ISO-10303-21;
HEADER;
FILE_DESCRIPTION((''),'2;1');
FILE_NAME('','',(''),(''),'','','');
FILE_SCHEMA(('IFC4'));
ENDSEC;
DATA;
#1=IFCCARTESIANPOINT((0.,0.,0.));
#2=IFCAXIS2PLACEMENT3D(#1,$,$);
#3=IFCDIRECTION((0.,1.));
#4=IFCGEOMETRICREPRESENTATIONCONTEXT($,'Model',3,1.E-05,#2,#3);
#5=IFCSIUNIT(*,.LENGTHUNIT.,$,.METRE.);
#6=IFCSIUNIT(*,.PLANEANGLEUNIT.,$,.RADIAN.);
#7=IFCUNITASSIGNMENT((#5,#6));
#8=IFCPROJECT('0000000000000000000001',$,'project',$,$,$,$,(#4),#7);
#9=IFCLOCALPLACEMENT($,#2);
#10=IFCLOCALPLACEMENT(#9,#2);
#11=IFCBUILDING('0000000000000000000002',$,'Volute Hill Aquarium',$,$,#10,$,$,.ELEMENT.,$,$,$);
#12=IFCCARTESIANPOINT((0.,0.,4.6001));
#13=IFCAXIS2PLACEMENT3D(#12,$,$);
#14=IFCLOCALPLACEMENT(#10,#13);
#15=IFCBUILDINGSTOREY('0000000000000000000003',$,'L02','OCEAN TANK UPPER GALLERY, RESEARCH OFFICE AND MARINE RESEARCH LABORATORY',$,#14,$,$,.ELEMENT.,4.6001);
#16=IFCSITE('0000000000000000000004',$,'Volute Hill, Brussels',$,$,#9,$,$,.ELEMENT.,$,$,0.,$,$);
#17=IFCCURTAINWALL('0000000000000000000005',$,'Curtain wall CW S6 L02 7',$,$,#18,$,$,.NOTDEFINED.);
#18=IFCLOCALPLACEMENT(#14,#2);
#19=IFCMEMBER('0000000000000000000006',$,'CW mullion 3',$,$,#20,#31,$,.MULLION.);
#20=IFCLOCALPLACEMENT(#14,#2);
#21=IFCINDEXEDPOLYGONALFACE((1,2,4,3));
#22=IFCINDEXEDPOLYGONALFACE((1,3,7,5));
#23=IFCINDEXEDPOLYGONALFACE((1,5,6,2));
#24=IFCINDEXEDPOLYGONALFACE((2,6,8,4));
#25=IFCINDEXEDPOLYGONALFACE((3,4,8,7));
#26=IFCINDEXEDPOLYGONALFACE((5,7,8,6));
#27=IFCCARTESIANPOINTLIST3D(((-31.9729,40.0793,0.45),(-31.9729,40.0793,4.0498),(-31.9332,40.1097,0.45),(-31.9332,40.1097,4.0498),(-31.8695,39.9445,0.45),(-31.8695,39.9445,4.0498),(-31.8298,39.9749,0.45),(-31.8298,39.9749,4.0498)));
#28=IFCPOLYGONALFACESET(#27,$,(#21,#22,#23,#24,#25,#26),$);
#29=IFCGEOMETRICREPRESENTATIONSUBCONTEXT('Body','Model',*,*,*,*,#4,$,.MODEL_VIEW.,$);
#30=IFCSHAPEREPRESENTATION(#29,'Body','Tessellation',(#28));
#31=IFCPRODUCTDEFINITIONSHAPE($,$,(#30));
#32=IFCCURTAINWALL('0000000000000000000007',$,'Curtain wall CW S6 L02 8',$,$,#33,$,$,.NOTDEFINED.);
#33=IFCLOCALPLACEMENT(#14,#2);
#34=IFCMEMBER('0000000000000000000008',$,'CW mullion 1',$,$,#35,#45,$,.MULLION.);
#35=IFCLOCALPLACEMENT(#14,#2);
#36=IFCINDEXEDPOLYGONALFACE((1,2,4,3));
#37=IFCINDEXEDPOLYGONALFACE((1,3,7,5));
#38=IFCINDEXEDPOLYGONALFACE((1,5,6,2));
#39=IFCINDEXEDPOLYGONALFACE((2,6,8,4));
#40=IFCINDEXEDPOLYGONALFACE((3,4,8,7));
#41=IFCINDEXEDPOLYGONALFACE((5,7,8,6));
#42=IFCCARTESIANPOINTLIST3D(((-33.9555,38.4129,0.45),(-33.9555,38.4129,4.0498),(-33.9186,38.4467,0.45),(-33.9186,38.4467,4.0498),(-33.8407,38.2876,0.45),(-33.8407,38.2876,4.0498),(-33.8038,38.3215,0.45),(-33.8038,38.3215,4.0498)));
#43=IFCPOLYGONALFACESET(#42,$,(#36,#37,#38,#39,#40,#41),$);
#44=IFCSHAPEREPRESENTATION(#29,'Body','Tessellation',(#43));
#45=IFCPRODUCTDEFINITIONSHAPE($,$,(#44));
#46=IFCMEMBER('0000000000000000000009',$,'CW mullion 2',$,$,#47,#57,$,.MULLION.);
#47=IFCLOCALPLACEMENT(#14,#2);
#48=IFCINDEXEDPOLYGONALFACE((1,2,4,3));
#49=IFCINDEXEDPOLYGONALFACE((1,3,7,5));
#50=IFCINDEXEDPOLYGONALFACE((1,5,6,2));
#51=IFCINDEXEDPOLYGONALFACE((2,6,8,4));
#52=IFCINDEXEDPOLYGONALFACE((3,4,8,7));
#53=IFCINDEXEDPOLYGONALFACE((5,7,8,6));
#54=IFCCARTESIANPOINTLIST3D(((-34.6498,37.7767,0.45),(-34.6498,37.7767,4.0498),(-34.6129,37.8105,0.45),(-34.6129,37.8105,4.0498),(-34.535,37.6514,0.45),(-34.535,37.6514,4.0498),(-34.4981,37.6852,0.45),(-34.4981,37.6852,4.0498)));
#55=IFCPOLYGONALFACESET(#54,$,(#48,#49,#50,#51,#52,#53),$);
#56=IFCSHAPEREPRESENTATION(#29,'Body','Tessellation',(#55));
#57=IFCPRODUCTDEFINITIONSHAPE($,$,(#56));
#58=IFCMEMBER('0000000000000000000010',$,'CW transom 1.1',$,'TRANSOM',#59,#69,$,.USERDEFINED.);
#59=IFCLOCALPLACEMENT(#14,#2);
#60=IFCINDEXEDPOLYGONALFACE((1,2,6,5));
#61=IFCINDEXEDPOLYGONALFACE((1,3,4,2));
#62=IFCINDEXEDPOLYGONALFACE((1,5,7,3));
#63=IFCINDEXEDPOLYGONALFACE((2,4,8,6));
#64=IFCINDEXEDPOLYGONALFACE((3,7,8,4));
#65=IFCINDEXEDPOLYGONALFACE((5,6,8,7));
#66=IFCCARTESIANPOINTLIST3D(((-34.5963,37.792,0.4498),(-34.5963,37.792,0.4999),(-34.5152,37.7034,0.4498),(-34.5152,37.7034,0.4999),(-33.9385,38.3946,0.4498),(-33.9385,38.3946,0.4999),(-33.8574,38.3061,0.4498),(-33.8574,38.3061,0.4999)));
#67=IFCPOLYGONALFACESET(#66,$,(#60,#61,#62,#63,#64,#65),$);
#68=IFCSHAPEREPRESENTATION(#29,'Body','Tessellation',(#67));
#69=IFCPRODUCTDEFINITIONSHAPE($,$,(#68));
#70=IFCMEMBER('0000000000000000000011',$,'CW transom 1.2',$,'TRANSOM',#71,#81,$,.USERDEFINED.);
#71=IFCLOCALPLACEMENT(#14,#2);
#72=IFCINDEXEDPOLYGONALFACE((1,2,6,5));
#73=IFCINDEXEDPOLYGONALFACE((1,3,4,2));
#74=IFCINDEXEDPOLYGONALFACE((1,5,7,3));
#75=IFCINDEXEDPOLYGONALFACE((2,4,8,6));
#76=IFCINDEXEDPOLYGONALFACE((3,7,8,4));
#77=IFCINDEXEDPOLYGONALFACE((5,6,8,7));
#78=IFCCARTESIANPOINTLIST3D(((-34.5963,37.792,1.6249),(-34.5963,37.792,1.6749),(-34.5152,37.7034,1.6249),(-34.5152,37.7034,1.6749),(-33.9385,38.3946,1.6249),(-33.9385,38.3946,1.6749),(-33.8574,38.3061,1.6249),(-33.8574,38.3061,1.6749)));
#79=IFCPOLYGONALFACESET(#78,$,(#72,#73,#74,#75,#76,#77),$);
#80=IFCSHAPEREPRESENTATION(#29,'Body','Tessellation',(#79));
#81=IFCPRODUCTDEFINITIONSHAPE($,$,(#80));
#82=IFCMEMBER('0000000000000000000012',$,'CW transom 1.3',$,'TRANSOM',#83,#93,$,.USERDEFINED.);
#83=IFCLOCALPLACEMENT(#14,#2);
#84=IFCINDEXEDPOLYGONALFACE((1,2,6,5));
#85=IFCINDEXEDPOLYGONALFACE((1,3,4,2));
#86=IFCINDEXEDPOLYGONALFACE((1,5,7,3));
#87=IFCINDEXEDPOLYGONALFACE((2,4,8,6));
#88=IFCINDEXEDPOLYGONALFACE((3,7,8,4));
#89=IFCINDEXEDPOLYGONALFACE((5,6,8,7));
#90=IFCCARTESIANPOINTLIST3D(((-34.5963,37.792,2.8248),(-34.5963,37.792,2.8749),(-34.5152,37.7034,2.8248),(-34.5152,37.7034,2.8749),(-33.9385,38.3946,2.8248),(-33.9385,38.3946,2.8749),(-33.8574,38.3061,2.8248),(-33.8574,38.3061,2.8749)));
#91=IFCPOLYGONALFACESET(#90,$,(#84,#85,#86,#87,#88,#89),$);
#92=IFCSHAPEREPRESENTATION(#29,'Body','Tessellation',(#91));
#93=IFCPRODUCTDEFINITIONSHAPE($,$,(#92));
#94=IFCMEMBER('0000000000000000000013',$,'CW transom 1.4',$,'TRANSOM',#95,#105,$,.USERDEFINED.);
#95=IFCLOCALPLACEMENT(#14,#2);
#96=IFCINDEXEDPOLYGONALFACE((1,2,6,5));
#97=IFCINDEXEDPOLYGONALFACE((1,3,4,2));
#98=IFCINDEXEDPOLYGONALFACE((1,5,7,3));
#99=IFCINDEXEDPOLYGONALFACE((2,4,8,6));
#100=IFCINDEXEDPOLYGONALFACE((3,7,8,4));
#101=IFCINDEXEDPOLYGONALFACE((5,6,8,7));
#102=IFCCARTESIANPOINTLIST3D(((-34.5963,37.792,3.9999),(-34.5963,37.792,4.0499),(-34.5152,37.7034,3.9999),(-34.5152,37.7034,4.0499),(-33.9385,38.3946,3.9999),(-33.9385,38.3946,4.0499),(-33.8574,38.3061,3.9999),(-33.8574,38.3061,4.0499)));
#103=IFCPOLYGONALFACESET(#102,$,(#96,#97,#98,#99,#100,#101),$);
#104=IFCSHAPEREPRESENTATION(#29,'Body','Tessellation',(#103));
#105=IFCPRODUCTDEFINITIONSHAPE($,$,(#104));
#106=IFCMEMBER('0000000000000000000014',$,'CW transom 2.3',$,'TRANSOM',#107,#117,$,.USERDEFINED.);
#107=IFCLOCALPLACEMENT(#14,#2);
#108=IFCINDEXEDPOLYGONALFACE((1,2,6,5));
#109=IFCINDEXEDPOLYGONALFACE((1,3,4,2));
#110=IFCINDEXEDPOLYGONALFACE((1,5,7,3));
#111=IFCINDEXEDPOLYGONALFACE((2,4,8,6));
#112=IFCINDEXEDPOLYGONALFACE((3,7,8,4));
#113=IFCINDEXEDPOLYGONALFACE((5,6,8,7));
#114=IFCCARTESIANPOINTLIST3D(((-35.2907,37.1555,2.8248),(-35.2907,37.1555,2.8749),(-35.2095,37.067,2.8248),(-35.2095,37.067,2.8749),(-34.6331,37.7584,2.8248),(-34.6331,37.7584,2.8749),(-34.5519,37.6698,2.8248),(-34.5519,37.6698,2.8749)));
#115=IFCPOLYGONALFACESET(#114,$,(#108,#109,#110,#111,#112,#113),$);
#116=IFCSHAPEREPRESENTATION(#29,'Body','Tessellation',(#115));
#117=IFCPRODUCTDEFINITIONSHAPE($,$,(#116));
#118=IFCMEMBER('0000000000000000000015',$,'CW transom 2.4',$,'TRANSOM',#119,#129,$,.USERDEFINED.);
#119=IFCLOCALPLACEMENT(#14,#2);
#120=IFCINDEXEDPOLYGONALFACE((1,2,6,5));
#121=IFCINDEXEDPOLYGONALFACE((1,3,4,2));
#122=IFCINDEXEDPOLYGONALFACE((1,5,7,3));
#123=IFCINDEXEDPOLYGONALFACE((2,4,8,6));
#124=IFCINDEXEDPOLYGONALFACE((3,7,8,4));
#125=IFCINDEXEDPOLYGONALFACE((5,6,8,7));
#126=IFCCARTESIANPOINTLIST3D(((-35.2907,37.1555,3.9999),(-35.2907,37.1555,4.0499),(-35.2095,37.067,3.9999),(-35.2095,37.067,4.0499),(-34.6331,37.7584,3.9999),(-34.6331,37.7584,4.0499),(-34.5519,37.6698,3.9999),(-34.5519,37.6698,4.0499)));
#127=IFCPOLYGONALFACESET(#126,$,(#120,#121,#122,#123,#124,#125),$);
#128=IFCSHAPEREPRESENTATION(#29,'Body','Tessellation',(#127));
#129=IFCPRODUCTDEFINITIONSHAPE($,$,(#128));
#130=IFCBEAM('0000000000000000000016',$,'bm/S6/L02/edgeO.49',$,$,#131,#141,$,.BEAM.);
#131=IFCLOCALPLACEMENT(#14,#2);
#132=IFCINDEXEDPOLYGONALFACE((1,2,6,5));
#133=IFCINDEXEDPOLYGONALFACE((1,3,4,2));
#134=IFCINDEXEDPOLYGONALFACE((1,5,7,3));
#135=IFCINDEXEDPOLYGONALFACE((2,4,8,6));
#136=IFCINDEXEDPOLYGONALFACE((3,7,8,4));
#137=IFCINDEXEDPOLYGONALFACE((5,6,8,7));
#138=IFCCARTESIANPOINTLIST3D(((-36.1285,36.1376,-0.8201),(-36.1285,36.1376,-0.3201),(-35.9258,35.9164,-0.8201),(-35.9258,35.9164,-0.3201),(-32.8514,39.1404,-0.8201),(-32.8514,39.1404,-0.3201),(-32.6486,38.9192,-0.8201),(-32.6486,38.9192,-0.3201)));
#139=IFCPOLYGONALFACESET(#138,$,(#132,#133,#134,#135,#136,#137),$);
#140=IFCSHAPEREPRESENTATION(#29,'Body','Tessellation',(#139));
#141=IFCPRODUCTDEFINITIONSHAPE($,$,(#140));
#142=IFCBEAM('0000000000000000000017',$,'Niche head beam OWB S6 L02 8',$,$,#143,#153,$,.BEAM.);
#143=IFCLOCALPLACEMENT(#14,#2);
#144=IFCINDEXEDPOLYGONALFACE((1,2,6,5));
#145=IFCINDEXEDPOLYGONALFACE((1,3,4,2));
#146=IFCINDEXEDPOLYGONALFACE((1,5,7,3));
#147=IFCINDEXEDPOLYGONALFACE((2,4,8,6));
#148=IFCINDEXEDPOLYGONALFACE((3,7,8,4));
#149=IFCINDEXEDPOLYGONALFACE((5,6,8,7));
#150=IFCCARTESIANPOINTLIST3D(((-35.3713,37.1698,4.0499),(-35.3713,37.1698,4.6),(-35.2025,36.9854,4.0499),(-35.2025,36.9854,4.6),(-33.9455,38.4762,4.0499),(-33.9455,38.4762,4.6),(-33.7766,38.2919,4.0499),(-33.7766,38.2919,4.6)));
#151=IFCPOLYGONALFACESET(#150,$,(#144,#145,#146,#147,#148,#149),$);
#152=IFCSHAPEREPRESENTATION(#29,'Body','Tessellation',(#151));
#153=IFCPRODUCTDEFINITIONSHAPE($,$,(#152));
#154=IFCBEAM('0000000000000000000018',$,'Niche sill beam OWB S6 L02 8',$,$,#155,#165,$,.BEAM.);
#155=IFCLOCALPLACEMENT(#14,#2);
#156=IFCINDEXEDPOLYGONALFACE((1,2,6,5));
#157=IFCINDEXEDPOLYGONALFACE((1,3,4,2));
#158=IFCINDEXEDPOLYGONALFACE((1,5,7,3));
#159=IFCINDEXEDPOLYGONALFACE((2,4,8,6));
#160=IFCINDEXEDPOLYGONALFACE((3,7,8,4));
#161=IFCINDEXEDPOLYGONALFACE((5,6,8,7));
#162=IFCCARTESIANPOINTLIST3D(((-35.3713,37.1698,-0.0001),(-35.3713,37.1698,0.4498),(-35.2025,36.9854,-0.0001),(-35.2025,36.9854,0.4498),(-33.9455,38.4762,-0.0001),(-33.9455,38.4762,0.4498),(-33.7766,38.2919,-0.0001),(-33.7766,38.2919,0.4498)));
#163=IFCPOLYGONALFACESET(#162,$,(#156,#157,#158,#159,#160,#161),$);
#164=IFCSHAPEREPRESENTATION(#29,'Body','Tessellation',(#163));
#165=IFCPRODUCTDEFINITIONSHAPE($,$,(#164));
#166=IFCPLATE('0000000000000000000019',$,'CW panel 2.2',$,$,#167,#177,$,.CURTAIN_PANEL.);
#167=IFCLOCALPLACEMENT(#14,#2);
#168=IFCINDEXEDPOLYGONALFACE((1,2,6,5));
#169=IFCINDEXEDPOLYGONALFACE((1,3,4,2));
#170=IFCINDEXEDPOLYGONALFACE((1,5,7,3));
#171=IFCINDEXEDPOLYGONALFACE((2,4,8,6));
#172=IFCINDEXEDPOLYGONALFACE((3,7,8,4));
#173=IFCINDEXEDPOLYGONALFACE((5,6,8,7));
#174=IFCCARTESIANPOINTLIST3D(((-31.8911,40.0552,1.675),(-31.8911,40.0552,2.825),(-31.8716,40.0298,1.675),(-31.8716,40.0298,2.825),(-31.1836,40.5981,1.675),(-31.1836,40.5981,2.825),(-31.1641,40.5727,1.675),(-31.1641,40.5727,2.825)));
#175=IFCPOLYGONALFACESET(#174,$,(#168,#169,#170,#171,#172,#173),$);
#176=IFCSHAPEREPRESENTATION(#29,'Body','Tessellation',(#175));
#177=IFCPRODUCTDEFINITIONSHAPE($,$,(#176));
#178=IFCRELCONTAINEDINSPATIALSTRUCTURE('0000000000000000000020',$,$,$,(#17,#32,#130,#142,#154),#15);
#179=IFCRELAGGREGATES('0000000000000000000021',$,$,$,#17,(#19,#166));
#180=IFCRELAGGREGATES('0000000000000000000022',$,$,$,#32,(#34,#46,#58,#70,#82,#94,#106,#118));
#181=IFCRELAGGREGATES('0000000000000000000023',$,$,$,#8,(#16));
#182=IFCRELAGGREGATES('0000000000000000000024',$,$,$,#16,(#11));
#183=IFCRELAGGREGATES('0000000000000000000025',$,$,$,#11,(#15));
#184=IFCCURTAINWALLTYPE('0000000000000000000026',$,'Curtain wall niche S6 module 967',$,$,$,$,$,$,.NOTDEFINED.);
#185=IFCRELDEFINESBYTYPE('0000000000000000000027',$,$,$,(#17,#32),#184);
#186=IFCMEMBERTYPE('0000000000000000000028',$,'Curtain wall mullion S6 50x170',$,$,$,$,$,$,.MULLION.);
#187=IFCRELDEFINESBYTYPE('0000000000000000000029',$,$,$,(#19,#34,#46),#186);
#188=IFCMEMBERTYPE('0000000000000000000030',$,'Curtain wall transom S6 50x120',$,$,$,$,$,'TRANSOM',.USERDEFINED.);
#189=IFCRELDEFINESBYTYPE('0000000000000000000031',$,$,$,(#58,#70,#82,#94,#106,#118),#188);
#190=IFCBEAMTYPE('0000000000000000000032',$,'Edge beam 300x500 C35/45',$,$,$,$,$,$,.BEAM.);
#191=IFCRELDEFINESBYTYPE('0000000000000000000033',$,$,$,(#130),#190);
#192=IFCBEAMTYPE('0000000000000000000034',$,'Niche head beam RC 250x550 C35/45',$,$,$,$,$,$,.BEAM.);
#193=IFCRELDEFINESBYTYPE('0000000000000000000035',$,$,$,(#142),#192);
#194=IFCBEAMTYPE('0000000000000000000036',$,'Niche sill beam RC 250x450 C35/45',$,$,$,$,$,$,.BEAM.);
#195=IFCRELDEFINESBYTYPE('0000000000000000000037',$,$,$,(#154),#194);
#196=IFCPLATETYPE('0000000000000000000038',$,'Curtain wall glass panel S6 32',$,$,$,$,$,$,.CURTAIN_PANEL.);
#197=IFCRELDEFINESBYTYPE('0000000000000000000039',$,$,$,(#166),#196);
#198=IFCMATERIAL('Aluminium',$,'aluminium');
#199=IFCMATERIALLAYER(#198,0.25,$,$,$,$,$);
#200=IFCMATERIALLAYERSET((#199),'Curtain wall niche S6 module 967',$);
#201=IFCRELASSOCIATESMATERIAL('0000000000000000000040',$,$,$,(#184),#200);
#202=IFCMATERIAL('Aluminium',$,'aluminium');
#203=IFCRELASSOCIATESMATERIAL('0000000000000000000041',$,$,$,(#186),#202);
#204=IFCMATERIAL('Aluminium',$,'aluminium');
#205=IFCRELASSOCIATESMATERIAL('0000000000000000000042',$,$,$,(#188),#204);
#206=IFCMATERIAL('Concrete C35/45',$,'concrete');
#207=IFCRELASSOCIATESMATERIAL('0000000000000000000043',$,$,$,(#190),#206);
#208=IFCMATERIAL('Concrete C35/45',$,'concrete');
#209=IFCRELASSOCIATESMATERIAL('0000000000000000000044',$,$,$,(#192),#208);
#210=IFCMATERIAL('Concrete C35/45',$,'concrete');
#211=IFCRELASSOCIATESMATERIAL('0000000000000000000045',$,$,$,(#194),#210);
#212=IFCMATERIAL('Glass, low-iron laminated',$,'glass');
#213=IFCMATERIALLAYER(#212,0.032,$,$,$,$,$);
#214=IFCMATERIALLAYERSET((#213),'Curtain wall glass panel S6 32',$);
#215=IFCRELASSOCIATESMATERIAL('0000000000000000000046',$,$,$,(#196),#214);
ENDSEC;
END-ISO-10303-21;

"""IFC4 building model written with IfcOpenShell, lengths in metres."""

from ifc_helpers import new_model, si_unit, direction, frame, origin, origin_2d, place, context, subcontext, project, spatial, rectangle, extrude, material, layer, layer_set, material_profile, profile_set, type_object, element, aggregate, save


model = new_model("IFC4")

# Units and contexts
model_context = context("Model", 3, precision=1e-05, world=origin(), true_north=direction((0.0, 1.0)))
body_context = subcontext(model_context, "Body", "Model", "MODEL_VIEW")
ifc_project = project(units=[si_unit("LENGTHUNIT", "METRE"), si_unit("PLANEANGLEUNIT", "RADIAN")], contexts=[model_context])

# Site, building, storey
site_placement = place(None, origin())
site = spatial("IfcSite", under=ifc_project, at=site_placement, Name="Volute Hill, Brussels", CompositionType="ELEMENT", RefElevation=0.0)
building_placement = place(site_placement, origin())
building = spatial("IfcBuilding", under=site, at=building_placement, Name="Volute Hill Aquarium", CompositionType="ELEMENT")
storey_placement = place(building_placement, frame((0.0, 0.0, 4.6001)))
storey = spatial("IfcBuildingStorey", under=building, at=storey_placement, Name="L02", Description="OCEAN TANK UPPER GALLERY, RESEARCH OFFICE AND MARINE RESEARCH LABORATORY", CompositionType="ELEMENT", Elevation=4.6001)

# Curtain wall, member
ifc_material_1 = material(Name="Aluminium", Category="aluminium")
ifc_layer_1 = layer(ifc_material_1, 0.25)
ifc_layer_set_1 = layer_set([ifc_layer_1], Name="Curtain wall niche S6 module 967")
curtain_wall_type = type_object("IfcCurtainWallType", Name="Curtain wall niche S6 module 967", PredefinedType="NOTDEFINED", material=ifc_layer_set_1)
curtain_wall_1_placement = place(storey_placement, origin())
curtain_wall_1 = element("IfcCurtainWall", 1, at=curtain_wall_1_placement, inside=storey, type_object=curtain_wall_type, Name="Curtain wall CW S6 L02 7", PredefinedType="NOTDEFINED")
ifc_material_2 = material(Name="Aluminium", Category="aluminium")
ifc_material_profile_1 = material_profile(ifc_material_2, rectangle(XDim=0.1699, YDim=0.05, at=origin_2d()), Name="Curtain wall mullion S6 50x170")
ifc_profile_set_1 = profile_set([ifc_material_profile_1], Name="Aluminium")
member_type_1 = type_object("IfcMemberType", Name="Curtain wall mullion S6 50x170", PredefinedType="MULLION", material=ifc_profile_set_1)
member_1_placement = place(storey_placement, frame((-31.9014, 40.0271, 0.45), z_axis=(0.0, 0.0, 1.0), x_axis=(0.608769, -0.793348, 0.0)))
member_1 = element("IfcMember", 2, at=member_1_placement, type_object=member_type_1, Name="CW mullion 3", PredefinedType="MULLION", context=body_context, shape_type="SweptSolid", body=[
    extrude(rectangle(XDim=0.1699, YDim=0.05, at=origin_2d()), origin(), (0.0, 0.0, 1.0), 3.5999),
])

# Curtain wall, members
curtain_wall_2_placement = place(storey_placement, origin())
curtain_wall_2 = element("IfcCurtainWall", 3, at=curtain_wall_2_placement, inside=storey, type_object=curtain_wall_type, Name="Curtain wall CW S6 L02 8", PredefinedType="NOTDEFINED")
member_2_placement = place(storey_placement, frame((-33.8796, 38.3672, 0.45), z_axis=(0.0, 0.0, 1.0), x_axis=(0.675582, -0.737285, 0.0)))
member_2 = element("IfcMember", 4, at=member_2_placement, type_object=member_type_1, Name="CW mullion 1", PredefinedType="MULLION", context=body_context, shape_type="SweptSolid", body=[
    extrude(rectangle(XDim=0.1699, YDim=0.05, at=origin_2d()), origin(), (0.0, 0.0, 1.0), 3.5999),
])
member_3_placement = place(storey_placement, frame((-34.574, 37.731, 0.45), z_axis=(0.0, 0.0, 1.0), x_axis=(0.675582, -0.737285, 0.0)))
member_3 = element("IfcMember", 5, at=member_3_placement, type_object=member_type_1, Name="CW mullion 2", PredefinedType="MULLION", context=body_context, shape_type="SweptSolid", body=[
    extrude(rectangle(XDim=0.1699, YDim=0.05, at=origin_2d()), origin(), (0.0, 0.0, 1.0), 3.5999),
])
ifc_material_3 = material(Name="Aluminium", Category="aluminium")
ifc_material_profile_2 = material_profile(ifc_material_3, rectangle(XDim=0.1201, YDim=0.05, at=origin_2d()), Name="Curtain wall transom S6 50x120")
ifc_profile_set_2 = profile_set([ifc_material_profile_2], Name="Aluminium")
member_type_2 = type_object("IfcMemberType", Name="Curtain wall transom S6 50x120", ElementType="TRANSOM", PredefinedType="USERDEFINED", material=ifc_profile_set_2)
member_4_placement = place(storey_placement, frame((-33.8979, 38.3503, 0.4749), z_axis=(-0.737359, -0.675502, 0.0), x_axis=(0.675502, -0.737359, 0.0)))
member_4 = element("IfcMember", 6, at=member_4_placement, type_object=member_type_2, Name="CW transom 1.1", ObjectType="TRANSOM", PredefinedType="USERDEFINED", context=body_context, shape_type="SweptSolid", body=[
    extrude(rectangle(XDim=0.1201, YDim=0.05, at=origin_2d()), origin(), (0.0, 0.0, 1.0), 0.8921),
])
member_5_placement = place(storey_placement, frame((-33.8979, 38.3503, 1.6499), z_axis=(-0.737359, -0.675502, 0.0), x_axis=(0.675502, -0.737359, 0.0)))
member_5 = element("IfcMember", 7, at=member_5_placement, type_object=member_type_2, Name="CW transom 1.2", ObjectType="TRANSOM", PredefinedType="USERDEFINED", context=body_context, shape_type="SweptSolid", body=[
    extrude(rectangle(XDim=0.1201, YDim=0.05, at=origin_2d()), origin(), (0.0, 0.0, 1.0), 0.8921),
])
member_6_placement = place(storey_placement, frame((-33.8979, 38.3503, 2.8499), z_axis=(-0.737359, -0.675502, 0.0), x_axis=(0.675502, -0.737359, 0.0)))
member_6 = element("IfcMember", 8, at=member_6_placement, type_object=member_type_2, Name="CW transom 1.3", ObjectType="TRANSOM", PredefinedType="USERDEFINED", context=body_context, shape_type="SweptSolid", body=[
    extrude(rectangle(XDim=0.1201, YDim=0.05, at=origin_2d()), origin(), (0.0, 0.0, 1.0), 0.8921),
])
member_7_placement = place(storey_placement, frame((-33.8979, 38.3503, 4.0249), z_axis=(-0.737359, -0.675502, 0.0), x_axis=(0.675502, -0.737359, 0.0)))
member_7 = element("IfcMember", 9, at=member_7_placement, type_object=member_type_2, Name="CW transom 1.4", ObjectType="TRANSOM", PredefinedType="USERDEFINED", context=body_context, shape_type="SweptSolid", body=[
    extrude(rectangle(XDim=0.1201, YDim=0.05, at=origin_2d()), origin(), (0.0, 0.0, 1.0), 0.8921),
])
member_8_placement = place(storey_placement, frame((-34.5925, 37.7141, 2.8499), z_axis=(-0.737097, -0.675787, 0.0), x_axis=(0.675787, -0.737097, 0.0)))
member_8 = element("IfcMember", 10, at=member_8_placement, type_object=member_type_2, Name="CW transom 2.3", ObjectType="TRANSOM", PredefinedType="USERDEFINED", context=body_context, shape_type="SweptSolid", body=[
    extrude(rectangle(XDim=0.1201, YDim=0.05, at=origin_2d()), origin(), (0.0, 0.0, 1.0), 0.8921),
])
member_9_placement = place(storey_placement, frame((-34.5925, 37.7141, 4.0249), z_axis=(-0.737097, -0.675787, 0.0), x_axis=(0.675787, -0.737097, 0.0)))
member_9 = element("IfcMember", 11, at=member_9_placement, type_object=member_type_2, Name="CW transom 2.4", ObjectType="TRANSOM", PredefinedType="USERDEFINED", context=body_context, shape_type="SweptSolid", body=[
    extrude(rectangle(XDim=0.1201, YDim=0.05, at=origin_2d()), origin(), (0.0, 0.0, 1.0), 0.8921),
])

# Beams
ifc_material_4 = material(Name="Concrete C35/45", Category="concrete")
ifc_material_profile_3 = material_profile(ifc_material_4, rectangle(XDim=0.3, YDim=0.5, at=origin_2d()), Name="RC edge beam 300x500")
ifc_profile_set_3 = profile_set([ifc_material_profile_3], Name="Concrete C35/45")
beam_type_1 = type_object("IfcBeamType", Name="Edge beam 300x500 C35/45", PredefinedType="BEAM", material=ifc_profile_set_3)
beam_1_placement = place(storey_placement, frame((-32.75, 39.0298, -0.5701), z_axis=(-0.737302, -0.675563, 0.0), x_axis=(0.675563, -0.737302, 0.0)))
element("IfcBeam", 12, at=beam_1_placement, inside=storey, type_object=beam_type_1, Name="bm/S6/L02/edgeO.49", PredefinedType="BEAM", context=body_context, shape_type="SweptSolid", body=[
    extrude(rectangle(XDim=0.3, YDim=0.5, at=origin_2d()), origin(), (0.0, 0.0, 1.0), 4.4448),
])
ifc_material_5 = material(Name="Concrete C35/45", Category="concrete")
ifc_material_profile_4 = material_profile(ifc_material_5, rectangle(XDim=0.25, YDim=0.55, at=origin_2d()), Name="RC beam 250x550")
ifc_profile_set_4 = profile_set([ifc_material_profile_4], Name="Concrete C35/45")
beam_type_2 = type_object("IfcBeamType", Name="Niche head beam RC 250x550 C35/45", PredefinedType="BEAM", material=ifc_profile_set_4)
beam_2_placement = place(storey_placement, frame((-33.8611, 38.384, 4.325), z_axis=(-0.737301, -0.675565, 0.0), x_axis=(0.675565, -0.737301, 0.0)))
element("IfcBeam", 13, at=beam_2_placement, inside=storey, type_object=beam_type_2, Name="Niche head beam OWB S6 L02 8", PredefinedType="BEAM", context=body_context, shape_type="SweptSolid", body=[
    extrude(rectangle(XDim=0.25, YDim=0.55, at=origin_2d()), origin(), (0.0, 0.0, 1.0), 1.9338),
])
ifc_material_6 = material(Name="Concrete C35/45", Category="concrete")
ifc_material_profile_5 = material_profile(ifc_material_6, rectangle(XDim=0.25, YDim=0.45, at=origin_2d()), Name="RC beam 250x450")
ifc_profile_set_5 = profile_set([ifc_material_profile_5], Name="Concrete C35/45")
beam_type_3 = type_object("IfcBeamType", Name="Niche sill beam RC 250x450 C35/45", PredefinedType="BEAM", material=ifc_profile_set_5)
beam_3_placement = place(storey_placement, frame((-33.8611, 38.384, 0.2249), z_axis=(-0.737301, -0.675565, 0.0), x_axis=(0.675565, -0.737301, 0.0)))
element("IfcBeam", 14, at=beam_3_placement, inside=storey, type_object=beam_type_3, Name="Niche sill beam OWB S6 L02 8", PredefinedType="BEAM", context=body_context, shape_type="SweptSolid", body=[
    extrude(rectangle(XDim=0.25, YDim=0.45, at=origin_2d()), origin(), (0.0, 0.0, 1.0), 1.9338),
])

# Plate
ifc_material_7 = material(Name="Glass, low-iron laminated", Category="glass")
ifc_layer_2 = layer(ifc_material_7, 0.032)
ifc_layer_set_2 = layer_set([ifc_layer_2], Name="Curtain wall glass panel S6 32")
plate_type_1 = type_object("IfcPlateType", Name="Curtain wall glass panel S6 32", PredefinedType="CURTAIN_PANEL", material=ifc_layer_set_2)
plate_1_placement = place(storey_placement, frame((-31.5276, 40.314, 1.675), z_axis=(0.0, 0.0, 1.0), x_axis=(-0.793348, -0.608769, 0.0)))
plate_1 = element("IfcPlate", 15, at=plate_1_placement, type_object=plate_type_1, Name="CW panel 2.2", PredefinedType="CURTAIN_PANEL", context=body_context, shape_type="SweptSolid", body=[
    extrude(rectangle(XDim=0.8918, YDim=0.032, at=origin_2d()), origin(), (0.0, 0.0, 1.0), 1.1499),
])
aggregate(curtain_wall_1, [member_1, plate_1])
aggregate(curtain_wall_2, [member_2, member_3, member_4, member_5, member_6, member_7, member_8, member_9])

save(model, "model.ifc")
